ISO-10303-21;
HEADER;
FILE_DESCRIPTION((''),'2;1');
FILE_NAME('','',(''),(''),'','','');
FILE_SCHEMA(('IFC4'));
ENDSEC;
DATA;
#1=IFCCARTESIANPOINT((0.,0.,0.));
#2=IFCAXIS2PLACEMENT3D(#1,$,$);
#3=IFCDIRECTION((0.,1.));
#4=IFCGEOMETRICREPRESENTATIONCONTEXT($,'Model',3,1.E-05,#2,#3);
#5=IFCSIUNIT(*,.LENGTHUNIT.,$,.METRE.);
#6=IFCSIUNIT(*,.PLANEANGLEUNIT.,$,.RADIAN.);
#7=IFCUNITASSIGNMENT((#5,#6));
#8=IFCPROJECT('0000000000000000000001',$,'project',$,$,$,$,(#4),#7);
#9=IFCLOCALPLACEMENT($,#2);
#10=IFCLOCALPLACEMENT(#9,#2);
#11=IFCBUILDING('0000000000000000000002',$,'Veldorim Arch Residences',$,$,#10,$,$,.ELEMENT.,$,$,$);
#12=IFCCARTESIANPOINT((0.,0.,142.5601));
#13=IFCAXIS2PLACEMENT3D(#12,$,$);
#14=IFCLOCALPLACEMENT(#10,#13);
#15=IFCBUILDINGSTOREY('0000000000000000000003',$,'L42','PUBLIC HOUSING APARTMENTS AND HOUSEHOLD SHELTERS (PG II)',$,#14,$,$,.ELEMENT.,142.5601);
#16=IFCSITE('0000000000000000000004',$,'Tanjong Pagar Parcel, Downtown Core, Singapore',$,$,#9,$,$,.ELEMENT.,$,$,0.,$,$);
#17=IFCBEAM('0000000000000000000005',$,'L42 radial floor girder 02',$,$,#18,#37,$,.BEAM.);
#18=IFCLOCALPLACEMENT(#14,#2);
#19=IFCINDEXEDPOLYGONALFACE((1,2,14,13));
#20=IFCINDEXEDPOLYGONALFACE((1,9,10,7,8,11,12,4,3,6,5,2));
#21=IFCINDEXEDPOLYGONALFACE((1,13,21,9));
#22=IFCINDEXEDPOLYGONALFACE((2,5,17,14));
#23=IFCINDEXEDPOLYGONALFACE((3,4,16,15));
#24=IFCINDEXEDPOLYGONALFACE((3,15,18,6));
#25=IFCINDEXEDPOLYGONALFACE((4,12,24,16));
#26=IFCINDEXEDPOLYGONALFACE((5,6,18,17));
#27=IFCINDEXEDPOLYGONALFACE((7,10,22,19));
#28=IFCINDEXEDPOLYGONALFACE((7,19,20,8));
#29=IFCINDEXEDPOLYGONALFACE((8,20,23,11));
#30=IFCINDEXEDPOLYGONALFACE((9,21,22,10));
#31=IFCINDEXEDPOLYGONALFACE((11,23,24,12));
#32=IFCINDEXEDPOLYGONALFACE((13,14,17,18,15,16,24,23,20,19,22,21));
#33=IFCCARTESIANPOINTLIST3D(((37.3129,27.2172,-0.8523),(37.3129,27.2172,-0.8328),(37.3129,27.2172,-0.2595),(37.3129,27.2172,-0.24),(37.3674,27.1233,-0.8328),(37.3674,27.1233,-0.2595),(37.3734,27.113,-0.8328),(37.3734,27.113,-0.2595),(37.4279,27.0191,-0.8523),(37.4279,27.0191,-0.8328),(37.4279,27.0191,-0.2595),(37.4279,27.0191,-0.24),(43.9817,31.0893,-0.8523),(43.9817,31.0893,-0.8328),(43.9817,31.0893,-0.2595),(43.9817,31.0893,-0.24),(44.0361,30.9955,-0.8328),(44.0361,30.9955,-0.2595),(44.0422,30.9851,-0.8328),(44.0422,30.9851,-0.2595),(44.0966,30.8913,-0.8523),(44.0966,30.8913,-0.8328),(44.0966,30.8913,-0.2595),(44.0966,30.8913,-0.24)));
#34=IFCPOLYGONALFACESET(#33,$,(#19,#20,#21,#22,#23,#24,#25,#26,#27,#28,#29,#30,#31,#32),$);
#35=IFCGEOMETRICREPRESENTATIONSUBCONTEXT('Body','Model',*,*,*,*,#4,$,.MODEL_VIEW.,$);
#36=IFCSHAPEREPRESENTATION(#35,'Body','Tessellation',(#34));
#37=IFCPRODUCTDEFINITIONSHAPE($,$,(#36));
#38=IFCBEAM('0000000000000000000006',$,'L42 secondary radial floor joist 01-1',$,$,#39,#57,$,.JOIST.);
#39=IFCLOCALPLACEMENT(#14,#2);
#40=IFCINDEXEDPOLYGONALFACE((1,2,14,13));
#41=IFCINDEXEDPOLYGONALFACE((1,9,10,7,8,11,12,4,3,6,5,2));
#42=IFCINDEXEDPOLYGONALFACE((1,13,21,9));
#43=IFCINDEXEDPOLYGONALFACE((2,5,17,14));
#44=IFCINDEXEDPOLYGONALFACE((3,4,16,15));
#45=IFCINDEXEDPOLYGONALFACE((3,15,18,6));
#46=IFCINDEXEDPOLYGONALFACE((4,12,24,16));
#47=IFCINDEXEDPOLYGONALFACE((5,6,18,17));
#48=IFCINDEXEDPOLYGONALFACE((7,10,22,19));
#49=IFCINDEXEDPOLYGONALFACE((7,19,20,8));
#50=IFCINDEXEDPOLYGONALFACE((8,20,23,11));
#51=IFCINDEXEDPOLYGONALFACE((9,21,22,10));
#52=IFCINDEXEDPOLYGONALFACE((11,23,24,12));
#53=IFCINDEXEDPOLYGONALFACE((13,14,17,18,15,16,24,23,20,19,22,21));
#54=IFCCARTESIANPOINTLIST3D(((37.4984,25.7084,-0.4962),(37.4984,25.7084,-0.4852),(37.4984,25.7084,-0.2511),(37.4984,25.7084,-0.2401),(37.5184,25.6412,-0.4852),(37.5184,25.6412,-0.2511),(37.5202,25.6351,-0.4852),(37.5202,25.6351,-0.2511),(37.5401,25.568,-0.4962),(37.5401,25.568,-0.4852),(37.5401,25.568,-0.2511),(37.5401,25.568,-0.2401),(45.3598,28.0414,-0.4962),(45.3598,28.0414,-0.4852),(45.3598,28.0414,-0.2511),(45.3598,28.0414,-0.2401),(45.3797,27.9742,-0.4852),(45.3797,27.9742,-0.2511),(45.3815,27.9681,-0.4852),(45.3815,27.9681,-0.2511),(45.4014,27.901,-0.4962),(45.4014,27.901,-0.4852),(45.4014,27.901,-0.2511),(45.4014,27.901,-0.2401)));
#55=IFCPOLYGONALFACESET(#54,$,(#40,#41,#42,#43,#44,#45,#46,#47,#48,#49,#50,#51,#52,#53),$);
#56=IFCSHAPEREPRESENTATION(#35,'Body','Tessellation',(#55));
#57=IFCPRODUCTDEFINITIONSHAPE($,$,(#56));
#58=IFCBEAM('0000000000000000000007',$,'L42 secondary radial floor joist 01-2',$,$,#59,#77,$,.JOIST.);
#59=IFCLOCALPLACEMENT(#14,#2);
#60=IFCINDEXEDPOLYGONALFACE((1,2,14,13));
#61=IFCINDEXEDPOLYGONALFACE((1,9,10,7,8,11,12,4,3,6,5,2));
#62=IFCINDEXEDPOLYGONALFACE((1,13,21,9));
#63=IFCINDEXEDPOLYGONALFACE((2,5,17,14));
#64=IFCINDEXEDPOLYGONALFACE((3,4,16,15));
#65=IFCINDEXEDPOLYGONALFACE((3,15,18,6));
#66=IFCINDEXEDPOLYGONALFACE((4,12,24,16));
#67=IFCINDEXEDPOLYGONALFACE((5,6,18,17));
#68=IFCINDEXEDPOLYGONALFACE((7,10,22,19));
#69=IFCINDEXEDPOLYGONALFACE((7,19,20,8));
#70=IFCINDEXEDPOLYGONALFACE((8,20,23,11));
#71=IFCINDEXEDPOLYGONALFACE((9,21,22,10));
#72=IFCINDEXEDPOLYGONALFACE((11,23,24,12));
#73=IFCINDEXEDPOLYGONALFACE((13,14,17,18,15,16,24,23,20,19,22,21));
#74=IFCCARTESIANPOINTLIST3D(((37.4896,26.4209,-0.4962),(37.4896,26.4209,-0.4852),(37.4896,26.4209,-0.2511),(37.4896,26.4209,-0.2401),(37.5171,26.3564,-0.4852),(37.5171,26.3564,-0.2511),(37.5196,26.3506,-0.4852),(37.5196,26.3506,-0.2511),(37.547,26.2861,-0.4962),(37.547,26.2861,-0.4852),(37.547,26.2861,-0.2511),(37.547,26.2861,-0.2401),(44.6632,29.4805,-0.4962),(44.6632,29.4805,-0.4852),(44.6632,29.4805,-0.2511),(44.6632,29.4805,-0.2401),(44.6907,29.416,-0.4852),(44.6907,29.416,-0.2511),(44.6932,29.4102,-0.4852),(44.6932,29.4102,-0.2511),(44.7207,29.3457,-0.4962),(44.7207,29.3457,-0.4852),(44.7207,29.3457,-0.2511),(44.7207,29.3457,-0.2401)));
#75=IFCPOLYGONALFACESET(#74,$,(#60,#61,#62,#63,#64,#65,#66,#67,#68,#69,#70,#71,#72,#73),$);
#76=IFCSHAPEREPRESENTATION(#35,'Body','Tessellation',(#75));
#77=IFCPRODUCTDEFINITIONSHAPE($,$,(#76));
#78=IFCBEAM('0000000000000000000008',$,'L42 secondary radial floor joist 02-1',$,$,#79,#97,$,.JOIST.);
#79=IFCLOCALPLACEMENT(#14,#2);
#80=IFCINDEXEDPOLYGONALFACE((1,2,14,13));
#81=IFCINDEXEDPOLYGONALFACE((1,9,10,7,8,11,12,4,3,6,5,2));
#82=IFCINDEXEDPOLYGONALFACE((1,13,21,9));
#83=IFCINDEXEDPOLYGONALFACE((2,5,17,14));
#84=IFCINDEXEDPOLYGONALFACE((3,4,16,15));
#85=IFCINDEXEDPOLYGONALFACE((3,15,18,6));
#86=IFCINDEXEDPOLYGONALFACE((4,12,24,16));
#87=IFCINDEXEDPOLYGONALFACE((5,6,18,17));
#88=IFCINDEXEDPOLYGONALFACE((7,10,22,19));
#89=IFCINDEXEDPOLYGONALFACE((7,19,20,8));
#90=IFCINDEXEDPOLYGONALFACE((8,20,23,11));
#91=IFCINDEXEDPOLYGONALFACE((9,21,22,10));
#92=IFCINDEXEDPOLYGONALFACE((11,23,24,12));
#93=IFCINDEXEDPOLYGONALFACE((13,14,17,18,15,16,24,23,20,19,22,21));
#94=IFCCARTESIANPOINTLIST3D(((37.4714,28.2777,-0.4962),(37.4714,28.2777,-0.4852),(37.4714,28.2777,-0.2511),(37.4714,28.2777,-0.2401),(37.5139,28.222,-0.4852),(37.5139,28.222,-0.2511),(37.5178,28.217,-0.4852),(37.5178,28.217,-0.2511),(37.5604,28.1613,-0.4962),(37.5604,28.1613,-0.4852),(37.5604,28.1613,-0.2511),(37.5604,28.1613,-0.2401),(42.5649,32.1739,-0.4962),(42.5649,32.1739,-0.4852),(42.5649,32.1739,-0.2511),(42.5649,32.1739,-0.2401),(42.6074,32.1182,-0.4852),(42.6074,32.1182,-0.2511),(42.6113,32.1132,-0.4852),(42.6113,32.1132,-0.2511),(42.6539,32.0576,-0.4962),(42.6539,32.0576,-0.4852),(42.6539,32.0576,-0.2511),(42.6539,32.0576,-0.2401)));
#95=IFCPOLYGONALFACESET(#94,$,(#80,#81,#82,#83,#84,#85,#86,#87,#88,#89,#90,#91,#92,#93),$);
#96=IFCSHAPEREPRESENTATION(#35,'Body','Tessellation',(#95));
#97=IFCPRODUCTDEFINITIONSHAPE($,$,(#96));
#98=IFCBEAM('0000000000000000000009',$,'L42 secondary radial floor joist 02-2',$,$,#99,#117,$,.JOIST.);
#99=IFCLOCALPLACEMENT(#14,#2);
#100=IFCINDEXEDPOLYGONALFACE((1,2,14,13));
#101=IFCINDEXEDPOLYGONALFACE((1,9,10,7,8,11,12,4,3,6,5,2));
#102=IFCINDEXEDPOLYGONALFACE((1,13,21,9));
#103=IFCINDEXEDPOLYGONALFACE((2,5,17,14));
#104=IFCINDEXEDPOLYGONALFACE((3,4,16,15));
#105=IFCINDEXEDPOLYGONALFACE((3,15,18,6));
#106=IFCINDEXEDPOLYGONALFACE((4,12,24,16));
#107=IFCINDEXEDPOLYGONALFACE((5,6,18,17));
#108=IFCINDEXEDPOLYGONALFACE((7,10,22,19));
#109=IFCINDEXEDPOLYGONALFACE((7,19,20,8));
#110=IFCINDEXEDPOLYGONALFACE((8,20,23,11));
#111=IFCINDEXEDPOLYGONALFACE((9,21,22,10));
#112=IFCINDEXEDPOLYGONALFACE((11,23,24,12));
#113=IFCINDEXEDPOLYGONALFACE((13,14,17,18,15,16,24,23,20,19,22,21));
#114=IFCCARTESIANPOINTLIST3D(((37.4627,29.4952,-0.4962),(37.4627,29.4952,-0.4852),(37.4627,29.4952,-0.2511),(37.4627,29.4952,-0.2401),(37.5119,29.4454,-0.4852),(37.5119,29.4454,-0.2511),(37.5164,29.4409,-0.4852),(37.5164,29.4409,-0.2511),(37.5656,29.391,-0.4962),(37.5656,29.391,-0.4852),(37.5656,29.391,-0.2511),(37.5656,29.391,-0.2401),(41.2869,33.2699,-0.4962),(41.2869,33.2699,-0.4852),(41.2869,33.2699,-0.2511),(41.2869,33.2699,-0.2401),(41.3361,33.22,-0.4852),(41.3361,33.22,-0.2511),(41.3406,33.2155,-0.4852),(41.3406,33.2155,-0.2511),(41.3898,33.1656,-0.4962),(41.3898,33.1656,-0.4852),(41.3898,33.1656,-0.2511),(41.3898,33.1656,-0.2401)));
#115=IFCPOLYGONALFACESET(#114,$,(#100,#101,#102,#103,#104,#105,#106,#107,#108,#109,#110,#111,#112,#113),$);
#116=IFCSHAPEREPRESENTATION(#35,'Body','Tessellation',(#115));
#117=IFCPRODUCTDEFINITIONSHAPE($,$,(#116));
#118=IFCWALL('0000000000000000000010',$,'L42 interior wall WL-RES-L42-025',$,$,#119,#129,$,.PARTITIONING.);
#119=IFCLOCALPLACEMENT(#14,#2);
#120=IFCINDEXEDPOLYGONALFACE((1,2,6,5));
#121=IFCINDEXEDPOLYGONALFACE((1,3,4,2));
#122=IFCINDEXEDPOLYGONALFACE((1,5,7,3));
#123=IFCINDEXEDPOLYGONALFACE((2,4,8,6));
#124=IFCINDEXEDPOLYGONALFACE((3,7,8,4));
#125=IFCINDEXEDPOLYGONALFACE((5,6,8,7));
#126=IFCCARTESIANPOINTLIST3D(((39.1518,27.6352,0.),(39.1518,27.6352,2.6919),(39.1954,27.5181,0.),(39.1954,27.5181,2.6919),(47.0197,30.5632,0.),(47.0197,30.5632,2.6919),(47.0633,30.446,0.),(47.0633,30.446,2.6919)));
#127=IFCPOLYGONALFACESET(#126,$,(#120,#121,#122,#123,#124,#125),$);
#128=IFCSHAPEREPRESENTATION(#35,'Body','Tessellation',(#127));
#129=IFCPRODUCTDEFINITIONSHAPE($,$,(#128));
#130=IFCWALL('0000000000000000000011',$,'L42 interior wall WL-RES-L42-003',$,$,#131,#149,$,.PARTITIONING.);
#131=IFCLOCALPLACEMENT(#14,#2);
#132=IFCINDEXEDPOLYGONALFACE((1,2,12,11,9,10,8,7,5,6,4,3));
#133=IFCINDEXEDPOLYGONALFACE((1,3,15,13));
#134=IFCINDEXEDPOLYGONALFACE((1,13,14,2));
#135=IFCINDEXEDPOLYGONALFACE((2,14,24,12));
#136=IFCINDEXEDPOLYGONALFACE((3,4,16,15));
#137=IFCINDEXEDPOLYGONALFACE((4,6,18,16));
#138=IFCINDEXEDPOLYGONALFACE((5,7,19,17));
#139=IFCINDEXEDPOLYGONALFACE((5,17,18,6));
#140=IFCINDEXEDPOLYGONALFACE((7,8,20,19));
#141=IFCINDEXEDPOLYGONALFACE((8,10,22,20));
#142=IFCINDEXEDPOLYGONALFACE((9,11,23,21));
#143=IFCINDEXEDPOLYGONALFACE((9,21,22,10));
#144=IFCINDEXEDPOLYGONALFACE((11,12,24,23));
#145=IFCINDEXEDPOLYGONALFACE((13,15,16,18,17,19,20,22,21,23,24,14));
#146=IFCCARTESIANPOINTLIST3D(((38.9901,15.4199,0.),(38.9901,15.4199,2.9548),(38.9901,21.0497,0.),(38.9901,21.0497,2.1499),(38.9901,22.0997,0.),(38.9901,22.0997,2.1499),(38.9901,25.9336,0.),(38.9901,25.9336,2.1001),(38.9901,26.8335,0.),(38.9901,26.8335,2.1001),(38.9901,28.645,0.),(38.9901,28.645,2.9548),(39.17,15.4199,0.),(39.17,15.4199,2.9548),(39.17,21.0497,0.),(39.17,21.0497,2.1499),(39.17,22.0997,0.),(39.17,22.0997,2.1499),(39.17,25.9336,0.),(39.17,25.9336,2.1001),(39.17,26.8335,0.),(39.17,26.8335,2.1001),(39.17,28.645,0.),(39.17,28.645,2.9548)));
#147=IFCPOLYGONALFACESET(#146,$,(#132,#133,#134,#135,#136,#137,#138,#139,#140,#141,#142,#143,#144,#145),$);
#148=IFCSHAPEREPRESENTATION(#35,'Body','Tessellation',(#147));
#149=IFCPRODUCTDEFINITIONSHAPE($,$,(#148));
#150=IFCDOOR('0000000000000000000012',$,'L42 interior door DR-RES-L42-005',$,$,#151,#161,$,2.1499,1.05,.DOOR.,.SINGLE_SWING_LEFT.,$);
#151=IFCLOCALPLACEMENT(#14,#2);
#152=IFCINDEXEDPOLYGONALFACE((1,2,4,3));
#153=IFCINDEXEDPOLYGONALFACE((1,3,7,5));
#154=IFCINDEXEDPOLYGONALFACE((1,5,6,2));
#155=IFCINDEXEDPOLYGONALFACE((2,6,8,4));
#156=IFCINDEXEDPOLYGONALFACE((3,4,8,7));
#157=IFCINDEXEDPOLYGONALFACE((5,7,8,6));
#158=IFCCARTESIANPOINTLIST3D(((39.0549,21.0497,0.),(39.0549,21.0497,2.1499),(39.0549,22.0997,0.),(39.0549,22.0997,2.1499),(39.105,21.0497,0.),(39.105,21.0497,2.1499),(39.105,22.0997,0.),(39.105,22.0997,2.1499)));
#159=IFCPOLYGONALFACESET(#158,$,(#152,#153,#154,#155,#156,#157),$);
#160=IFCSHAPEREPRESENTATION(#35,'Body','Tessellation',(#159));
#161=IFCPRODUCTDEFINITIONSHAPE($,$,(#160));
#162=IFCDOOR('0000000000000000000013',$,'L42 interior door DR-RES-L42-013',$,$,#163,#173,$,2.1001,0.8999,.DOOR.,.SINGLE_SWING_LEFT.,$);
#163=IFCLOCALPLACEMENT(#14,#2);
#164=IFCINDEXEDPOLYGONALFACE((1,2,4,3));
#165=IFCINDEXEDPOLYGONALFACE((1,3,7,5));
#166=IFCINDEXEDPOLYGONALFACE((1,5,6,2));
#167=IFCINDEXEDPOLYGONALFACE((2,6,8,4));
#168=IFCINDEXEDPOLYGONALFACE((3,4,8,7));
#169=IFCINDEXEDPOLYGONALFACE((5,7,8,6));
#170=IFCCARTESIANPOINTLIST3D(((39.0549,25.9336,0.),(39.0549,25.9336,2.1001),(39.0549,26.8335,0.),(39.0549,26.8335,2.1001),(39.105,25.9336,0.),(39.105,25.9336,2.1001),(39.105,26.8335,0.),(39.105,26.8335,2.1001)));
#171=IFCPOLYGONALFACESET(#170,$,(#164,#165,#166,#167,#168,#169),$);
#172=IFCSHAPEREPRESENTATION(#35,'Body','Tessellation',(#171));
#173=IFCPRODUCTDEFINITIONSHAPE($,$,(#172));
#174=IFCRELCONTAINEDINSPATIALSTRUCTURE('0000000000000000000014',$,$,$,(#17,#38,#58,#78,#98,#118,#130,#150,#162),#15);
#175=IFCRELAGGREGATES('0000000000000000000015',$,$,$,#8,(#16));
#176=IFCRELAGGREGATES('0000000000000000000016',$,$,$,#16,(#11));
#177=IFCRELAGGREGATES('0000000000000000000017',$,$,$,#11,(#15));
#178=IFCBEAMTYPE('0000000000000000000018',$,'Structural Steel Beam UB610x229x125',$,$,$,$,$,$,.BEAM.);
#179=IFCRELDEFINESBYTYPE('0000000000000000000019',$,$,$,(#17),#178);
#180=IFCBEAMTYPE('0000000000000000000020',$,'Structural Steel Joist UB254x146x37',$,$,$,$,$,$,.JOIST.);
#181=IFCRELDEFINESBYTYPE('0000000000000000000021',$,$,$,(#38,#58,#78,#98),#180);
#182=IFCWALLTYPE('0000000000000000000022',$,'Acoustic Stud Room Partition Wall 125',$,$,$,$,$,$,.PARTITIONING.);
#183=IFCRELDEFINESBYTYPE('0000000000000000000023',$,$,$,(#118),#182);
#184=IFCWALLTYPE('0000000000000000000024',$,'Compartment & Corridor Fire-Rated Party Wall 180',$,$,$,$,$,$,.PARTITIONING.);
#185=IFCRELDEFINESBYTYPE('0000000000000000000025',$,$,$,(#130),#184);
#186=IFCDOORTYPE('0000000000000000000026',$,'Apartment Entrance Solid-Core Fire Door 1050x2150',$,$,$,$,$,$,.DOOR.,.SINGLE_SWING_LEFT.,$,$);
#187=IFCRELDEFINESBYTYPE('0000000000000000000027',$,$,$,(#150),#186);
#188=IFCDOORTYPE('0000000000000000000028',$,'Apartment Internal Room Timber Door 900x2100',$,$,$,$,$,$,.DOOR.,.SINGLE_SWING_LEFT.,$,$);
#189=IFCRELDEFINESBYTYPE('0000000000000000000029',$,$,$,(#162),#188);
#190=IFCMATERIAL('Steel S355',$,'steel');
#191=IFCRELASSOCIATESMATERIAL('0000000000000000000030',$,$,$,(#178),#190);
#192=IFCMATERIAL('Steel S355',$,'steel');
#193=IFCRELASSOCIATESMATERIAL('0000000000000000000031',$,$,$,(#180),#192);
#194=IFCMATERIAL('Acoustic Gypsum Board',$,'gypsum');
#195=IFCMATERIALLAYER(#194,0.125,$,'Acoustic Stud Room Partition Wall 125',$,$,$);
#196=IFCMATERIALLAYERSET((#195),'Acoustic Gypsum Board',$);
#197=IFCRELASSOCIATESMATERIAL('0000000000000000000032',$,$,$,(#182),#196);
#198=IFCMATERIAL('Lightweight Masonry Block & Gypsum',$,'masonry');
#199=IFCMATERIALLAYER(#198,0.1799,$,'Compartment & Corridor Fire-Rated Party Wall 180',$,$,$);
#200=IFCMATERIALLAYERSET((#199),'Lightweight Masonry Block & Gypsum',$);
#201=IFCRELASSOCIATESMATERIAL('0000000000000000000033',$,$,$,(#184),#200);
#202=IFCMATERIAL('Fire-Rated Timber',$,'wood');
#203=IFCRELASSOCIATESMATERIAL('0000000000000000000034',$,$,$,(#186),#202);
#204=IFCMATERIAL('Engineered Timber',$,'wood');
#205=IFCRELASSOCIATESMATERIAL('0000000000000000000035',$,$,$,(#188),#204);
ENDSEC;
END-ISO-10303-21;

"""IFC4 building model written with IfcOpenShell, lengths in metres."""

from ifc_helpers import new_model, si_unit, direction, frame, frame_2d, origin, origin_2d, place, context, subcontext, project, spatial, rectangle, i_section, extrude, material, layer, layer_set, material_profile, profile_set, type_object, element, fill, save


model = new_model("IFC4")

# Units and contexts
model_context = context("Model", 3, precision=1e-05, world=origin(), true_north=direction((0.0, 1.0)))
body_context = subcontext(model_context, "Body", "Model", "MODEL_VIEW")
ifc_project = project(units=[si_unit("LENGTHUNIT", "METRE"), si_unit("PLANEANGLEUNIT", "RADIAN")], contexts=[model_context])

# Site, building, storey
site_placement = place(None, origin())
site = spatial("IfcSite", under=ifc_project, at=site_placement, Name="Tanjong Pagar Parcel, Downtown Core, Singapore", CompositionType="ELEMENT", RefElevation=0.0)
building_placement = place(site_placement, origin())
building = spatial("IfcBuilding", under=site, at=building_placement, Name="Veldorim Arch Residences", CompositionType="ELEMENT")
storey_placement = place(building_placement, frame((0.0, 0.0, 142.5601)))
storey = spatial("IfcBuildingStorey", under=building, at=storey_placement, Name="L42", Description="PUBLIC HOUSING APARTMENTS AND HOUSEHOLD SHELTERS (PG II)", CompositionType="ELEMENT", Elevation=142.5601)

# Beams
ifc_material_1 = material(Name="Steel S355", Category="steel")
ifc_material_profile_1 = material_profile(ifc_material_1, i_section(OverallWidth=0.229, OverallDepth=0.6123, WebThickness=0.012, FlangeThickness=0.0195, at=origin_2d()), Name="UB610x229x125")
ifc_profile_set_1 = profile_set([ifc_material_profile_1], Name="Steel S355")
beam_type_1 = type_object("IfcBeamType", Name="Structural Steel Beam UB610x229x125", PredefinedType="BEAM", material=ifc_profile_set_1)
beam_1_placement = place(storey_placement, frame((37.3704, 27.1182, -0.5461), z_axis=(0.864793, 0.502128, 0.0), x_axis=(-0.502128, 0.864793, 0.0)))
element("IfcBeam", 1, at=beam_1_placement, inside=storey, type_object=beam_type_1, Name="L42 radial floor girder 02", PredefinedType="BEAM", context=body_context, shape_type="SweptSolid", body=[
    extrude(i_section(OverallWidth=0.229, OverallDepth=0.6123, WebThickness=0.012, FlangeThickness=0.0195, at=origin_2d()), origin(), (0.0, 0.0, 1.0), 7.7114),
])
ifc_material_2 = material(Name="Steel S355", Category="steel")
ifc_material_profile_2 = material_profile(ifc_material_2, i_section(OverallWidth=0.1465, OverallDepth=0.2561, WebThickness=0.0063, FlangeThickness=0.011, at=origin_2d()), Name="UB254x146x37")
ifc_profile_set_2 = profile_set([ifc_material_profile_2], Name="Steel S355")
beam_type_2 = type_object("IfcBeamType", Name="Structural Steel Joist UB254x146x37", PredefinedType="JOIST", material=ifc_profile_set_2)
beam_2_placement = place(storey_placement, frame((37.5193, 25.6382, -0.3682), z_axis=(0.958674, 0.284506, 0.0), x_axis=(-0.284506, 0.958674, 0.0)))
element("IfcBeam", 2, at=beam_2_placement, inside=storey, type_object=beam_type_2, Name="L42 secondary radial floor joist 01-1", PredefinedType="JOIST", context=body_context, shape_type="SweptSolid", body=[
    extrude(i_section(OverallWidth=0.1465, OverallDepth=0.2561, WebThickness=0.0063, FlangeThickness=0.011, at=origin_2d()), origin(), (0.0, 0.0, 1.0), 8.2002),
])
beam_3_placement = place(storey_placement, frame((37.5183, 26.3535, -0.3682), z_axis=(0.919832, 0.392313, 0.0), x_axis=(-0.392313, 0.919832, 0.0)))
element("IfcBeam", 3, at=beam_3_placement, inside=storey, type_object=beam_type_2, Name="L42 secondary radial floor joist 01-2", PredefinedType="JOIST", context=body_context, shape_type="SweptSolid", body=[
    extrude(i_section(OverallWidth=0.1465, OverallDepth=0.2561, WebThickness=0.0063, FlangeThickness=0.011, at=origin_2d()), origin(), (0.0, 0.0, 1.0), 7.7988),
])
beam_4_placement = place(storey_placement, frame((37.5159, 28.2195, -0.3682), z_axis=(0.794267, 0.607569, 0.0), x_axis=(-0.607569, 0.794267, 0.0)))
element("IfcBeam", 4, at=beam_4_placement, inside=storey, type_object=beam_type_2, Name="L42 secondary radial floor joist 02-1", PredefinedType="JOIST", context=body_context, shape_type="SweptSolid", body=[
    extrude(i_section(OverallWidth=0.1465, OverallDepth=0.2561, WebThickness=0.0063, FlangeThickness=0.011, at=origin_2d()), origin(), (0.0, 0.0, 1.0), 6.4128),
])
beam_5_placement = place(storey_placement, frame((37.5142, 29.4431, -0.3682), z_axis=(0.711703, 0.70248, 0.0), x_axis=(-0.70248, 0.711703, 0.0)))
element("IfcBeam", 5, at=beam_5_placement, inside=storey, type_object=beam_type_2, Name="L42 secondary radial floor joist 02-2", PredefinedType="JOIST", context=body_context, shape_type="SweptSolid", body=[
    extrude(i_section(OverallWidth=0.1465, OverallDepth=0.2561, WebThickness=0.0063, FlangeThickness=0.011, at=origin_2d()), origin(), (0.0, 0.0, 1.0), 5.3733),
])

# Wall
ifc_material_3 = material(Name="Acoustic Gypsum Board", Category="gypsum")
ifc_layer_1 = layer(ifc_material_3, 0.125, Name="Acoustic Stud Room Partition Wall 125")
ifc_layer_set_1 = layer_set([ifc_layer_1], Name="Acoustic Gypsum Board")
wall_type_1 = type_object("IfcWallType", Name="Acoustic Stud Room Partition Wall 125", PredefinedType="PARTITIONING", material=ifc_layer_set_1)
wall_1_placement = place(storey_placement, frame((39.1736, 27.5767, 0.0), z_axis=(0.0, 0.0, 1.0), x_axis=(0.937207, 0.348774, 0.0)))
element("IfcWall", 6, at=wall_1_placement, inside=storey, type_object=wall_type_1, Name="L42 interior wall WL-RES-L42-025", PredefinedType="PARTITIONING", context=body_context, shape_type="SweptSolid", body=[
    extrude(rectangle(XDim=8.395, YDim=0.125, at=frame_2d((4.1975, 0.0))), origin(), (0.0, 0.0, 1.0), 2.6919),
])

# Wall, openings, doors
ifc_material_4 = material(Name="Lightweight Masonry Block & Gypsum", Category="masonry")
ifc_layer_2 = layer(ifc_material_4, 0.1799, Name="Compartment & Corridor Fire-Rated Party Wall 180")
ifc_layer_set_2 = layer_set([ifc_layer_2], Name="Lightweight Masonry Block & Gypsum")
wall_type_2 = type_object("IfcWallType", Name="Compartment & Corridor Fire-Rated Party Wall 180", PredefinedType="PARTITIONING", material=ifc_layer_set_2)
wall_2_placement = place(storey_placement, frame((39.0801, 28.645, 0.0), z_axis=(0.0, 0.0, 1.0), x_axis=(0.0, -1.0, 0.0)))
wall_2 = element("IfcWall", 7, at=wall_2_placement, inside=storey, type_object=wall_type_2, Name="L42 interior wall WL-RES-L42-003", PredefinedType="PARTITIONING", context=body_context, shape_type="SweptSolid", body=[
    extrude(rectangle(XDim=13.2251, YDim=0.1799, at=frame_2d((6.6125, 0.0))), origin(), (0.0, 0.0, 1.0), 2.9548),
])
opening_1_placement = place(wall_2_placement, frame((6.5454, 0.0, 0.0)))
opening_1 = element("IfcOpeningElement", 8, at=opening_1_placement, cuts=wall_2, PredefinedType="OPENING", context=body_context, shape_type="SweptSolid", body=[
    extrude(rectangle(XDim=1.05, YDim=2.1499, at=frame_2d((0.5249, 1.075))), frame((0.0, 0.0999, 0.0), z_axis=(0.0, -1.0, 0.0), x_axis=(1.0, 0.0, 0.0)), (0.0, 0.0, 1.0), 0.2),
])
opening_2_placement = place(wall_2_placement, frame((1.8115, 0.0, 0.0)))
opening_2 = element("IfcOpeningElement", 9, at=opening_2_placement, cuts=wall_2, PredefinedType="OPENING", context=body_context, shape_type="SweptSolid", body=[
    extrude(rectangle(XDim=0.8999, YDim=2.1001, at=frame_2d((0.45, 1.05))), frame((0.0, 0.0999, 0.0), z_axis=(0.0, -1.0, 0.0), x_axis=(1.0, 0.0, 0.0)), (0.0, 0.0, 1.0), 0.2),
])
ifc_material_5 = material(Name="Fire-Rated Timber", Category="wood")
door_type_1 = type_object("IfcDoorType", Name="Apartment Entrance Solid-Core Fire Door 1050x2150", OperationType="SINGLE_SWING_LEFT", PredefinedType="DOOR", material=ifc_material_5)
door_1_placement = place(opening_1_placement, origin())
door_1 = element("IfcDoor", 10, at=door_1_placement, inside=storey, type_object=door_type_1, Name="L42 interior door DR-RES-L42-005", OperationType="SINGLE_SWING_LEFT", OverallHeight=2.1499, OverallWidth=1.05, PredefinedType="DOOR", context=body_context, shape_type="SweptSolid", body=[
    extrude(rectangle(XDim=1.05, YDim=2.1499, at=frame_2d((0.5249, 1.075))), frame((0.0, 0.0249, 0.0), z_axis=(0.0, -1.0, 0.0), x_axis=(1.0, 0.0, 0.0)), (0.0, 0.0, 1.0), 0.05),
])
fill(opening_1, door_1)
ifc_material_6 = material(Name="Engineered Timber", Category="wood")
door_type_2 = type_object("IfcDoorType", Name="Apartment Internal Room Timber Door 900x2100", OperationType="SINGLE_SWING_LEFT", PredefinedType="DOOR", material=ifc_material_6)
door_2_placement = place(opening_2_placement, origin())
door_2 = element("IfcDoor", 11, at=door_2_placement, inside=storey, type_object=door_type_2, Name="L42 interior door DR-RES-L42-013", OperationType="SINGLE_SWING_LEFT", OverallHeight=2.1001, OverallWidth=0.8999, PredefinedType="DOOR", context=body_context, shape_type="SweptSolid", body=[
    extrude(rectangle(XDim=0.8999, YDim=2.1001, at=frame_2d((0.45, 1.05))), frame((0.0, 0.0249, 0.0), z_axis=(0.0, -1.0, 0.0), x_axis=(1.0, 0.0, 0.0)), (0.0, 0.0, 1.0), 0.05),
])
fill(opening_2, door_2)

save(model, "model.ifc")
